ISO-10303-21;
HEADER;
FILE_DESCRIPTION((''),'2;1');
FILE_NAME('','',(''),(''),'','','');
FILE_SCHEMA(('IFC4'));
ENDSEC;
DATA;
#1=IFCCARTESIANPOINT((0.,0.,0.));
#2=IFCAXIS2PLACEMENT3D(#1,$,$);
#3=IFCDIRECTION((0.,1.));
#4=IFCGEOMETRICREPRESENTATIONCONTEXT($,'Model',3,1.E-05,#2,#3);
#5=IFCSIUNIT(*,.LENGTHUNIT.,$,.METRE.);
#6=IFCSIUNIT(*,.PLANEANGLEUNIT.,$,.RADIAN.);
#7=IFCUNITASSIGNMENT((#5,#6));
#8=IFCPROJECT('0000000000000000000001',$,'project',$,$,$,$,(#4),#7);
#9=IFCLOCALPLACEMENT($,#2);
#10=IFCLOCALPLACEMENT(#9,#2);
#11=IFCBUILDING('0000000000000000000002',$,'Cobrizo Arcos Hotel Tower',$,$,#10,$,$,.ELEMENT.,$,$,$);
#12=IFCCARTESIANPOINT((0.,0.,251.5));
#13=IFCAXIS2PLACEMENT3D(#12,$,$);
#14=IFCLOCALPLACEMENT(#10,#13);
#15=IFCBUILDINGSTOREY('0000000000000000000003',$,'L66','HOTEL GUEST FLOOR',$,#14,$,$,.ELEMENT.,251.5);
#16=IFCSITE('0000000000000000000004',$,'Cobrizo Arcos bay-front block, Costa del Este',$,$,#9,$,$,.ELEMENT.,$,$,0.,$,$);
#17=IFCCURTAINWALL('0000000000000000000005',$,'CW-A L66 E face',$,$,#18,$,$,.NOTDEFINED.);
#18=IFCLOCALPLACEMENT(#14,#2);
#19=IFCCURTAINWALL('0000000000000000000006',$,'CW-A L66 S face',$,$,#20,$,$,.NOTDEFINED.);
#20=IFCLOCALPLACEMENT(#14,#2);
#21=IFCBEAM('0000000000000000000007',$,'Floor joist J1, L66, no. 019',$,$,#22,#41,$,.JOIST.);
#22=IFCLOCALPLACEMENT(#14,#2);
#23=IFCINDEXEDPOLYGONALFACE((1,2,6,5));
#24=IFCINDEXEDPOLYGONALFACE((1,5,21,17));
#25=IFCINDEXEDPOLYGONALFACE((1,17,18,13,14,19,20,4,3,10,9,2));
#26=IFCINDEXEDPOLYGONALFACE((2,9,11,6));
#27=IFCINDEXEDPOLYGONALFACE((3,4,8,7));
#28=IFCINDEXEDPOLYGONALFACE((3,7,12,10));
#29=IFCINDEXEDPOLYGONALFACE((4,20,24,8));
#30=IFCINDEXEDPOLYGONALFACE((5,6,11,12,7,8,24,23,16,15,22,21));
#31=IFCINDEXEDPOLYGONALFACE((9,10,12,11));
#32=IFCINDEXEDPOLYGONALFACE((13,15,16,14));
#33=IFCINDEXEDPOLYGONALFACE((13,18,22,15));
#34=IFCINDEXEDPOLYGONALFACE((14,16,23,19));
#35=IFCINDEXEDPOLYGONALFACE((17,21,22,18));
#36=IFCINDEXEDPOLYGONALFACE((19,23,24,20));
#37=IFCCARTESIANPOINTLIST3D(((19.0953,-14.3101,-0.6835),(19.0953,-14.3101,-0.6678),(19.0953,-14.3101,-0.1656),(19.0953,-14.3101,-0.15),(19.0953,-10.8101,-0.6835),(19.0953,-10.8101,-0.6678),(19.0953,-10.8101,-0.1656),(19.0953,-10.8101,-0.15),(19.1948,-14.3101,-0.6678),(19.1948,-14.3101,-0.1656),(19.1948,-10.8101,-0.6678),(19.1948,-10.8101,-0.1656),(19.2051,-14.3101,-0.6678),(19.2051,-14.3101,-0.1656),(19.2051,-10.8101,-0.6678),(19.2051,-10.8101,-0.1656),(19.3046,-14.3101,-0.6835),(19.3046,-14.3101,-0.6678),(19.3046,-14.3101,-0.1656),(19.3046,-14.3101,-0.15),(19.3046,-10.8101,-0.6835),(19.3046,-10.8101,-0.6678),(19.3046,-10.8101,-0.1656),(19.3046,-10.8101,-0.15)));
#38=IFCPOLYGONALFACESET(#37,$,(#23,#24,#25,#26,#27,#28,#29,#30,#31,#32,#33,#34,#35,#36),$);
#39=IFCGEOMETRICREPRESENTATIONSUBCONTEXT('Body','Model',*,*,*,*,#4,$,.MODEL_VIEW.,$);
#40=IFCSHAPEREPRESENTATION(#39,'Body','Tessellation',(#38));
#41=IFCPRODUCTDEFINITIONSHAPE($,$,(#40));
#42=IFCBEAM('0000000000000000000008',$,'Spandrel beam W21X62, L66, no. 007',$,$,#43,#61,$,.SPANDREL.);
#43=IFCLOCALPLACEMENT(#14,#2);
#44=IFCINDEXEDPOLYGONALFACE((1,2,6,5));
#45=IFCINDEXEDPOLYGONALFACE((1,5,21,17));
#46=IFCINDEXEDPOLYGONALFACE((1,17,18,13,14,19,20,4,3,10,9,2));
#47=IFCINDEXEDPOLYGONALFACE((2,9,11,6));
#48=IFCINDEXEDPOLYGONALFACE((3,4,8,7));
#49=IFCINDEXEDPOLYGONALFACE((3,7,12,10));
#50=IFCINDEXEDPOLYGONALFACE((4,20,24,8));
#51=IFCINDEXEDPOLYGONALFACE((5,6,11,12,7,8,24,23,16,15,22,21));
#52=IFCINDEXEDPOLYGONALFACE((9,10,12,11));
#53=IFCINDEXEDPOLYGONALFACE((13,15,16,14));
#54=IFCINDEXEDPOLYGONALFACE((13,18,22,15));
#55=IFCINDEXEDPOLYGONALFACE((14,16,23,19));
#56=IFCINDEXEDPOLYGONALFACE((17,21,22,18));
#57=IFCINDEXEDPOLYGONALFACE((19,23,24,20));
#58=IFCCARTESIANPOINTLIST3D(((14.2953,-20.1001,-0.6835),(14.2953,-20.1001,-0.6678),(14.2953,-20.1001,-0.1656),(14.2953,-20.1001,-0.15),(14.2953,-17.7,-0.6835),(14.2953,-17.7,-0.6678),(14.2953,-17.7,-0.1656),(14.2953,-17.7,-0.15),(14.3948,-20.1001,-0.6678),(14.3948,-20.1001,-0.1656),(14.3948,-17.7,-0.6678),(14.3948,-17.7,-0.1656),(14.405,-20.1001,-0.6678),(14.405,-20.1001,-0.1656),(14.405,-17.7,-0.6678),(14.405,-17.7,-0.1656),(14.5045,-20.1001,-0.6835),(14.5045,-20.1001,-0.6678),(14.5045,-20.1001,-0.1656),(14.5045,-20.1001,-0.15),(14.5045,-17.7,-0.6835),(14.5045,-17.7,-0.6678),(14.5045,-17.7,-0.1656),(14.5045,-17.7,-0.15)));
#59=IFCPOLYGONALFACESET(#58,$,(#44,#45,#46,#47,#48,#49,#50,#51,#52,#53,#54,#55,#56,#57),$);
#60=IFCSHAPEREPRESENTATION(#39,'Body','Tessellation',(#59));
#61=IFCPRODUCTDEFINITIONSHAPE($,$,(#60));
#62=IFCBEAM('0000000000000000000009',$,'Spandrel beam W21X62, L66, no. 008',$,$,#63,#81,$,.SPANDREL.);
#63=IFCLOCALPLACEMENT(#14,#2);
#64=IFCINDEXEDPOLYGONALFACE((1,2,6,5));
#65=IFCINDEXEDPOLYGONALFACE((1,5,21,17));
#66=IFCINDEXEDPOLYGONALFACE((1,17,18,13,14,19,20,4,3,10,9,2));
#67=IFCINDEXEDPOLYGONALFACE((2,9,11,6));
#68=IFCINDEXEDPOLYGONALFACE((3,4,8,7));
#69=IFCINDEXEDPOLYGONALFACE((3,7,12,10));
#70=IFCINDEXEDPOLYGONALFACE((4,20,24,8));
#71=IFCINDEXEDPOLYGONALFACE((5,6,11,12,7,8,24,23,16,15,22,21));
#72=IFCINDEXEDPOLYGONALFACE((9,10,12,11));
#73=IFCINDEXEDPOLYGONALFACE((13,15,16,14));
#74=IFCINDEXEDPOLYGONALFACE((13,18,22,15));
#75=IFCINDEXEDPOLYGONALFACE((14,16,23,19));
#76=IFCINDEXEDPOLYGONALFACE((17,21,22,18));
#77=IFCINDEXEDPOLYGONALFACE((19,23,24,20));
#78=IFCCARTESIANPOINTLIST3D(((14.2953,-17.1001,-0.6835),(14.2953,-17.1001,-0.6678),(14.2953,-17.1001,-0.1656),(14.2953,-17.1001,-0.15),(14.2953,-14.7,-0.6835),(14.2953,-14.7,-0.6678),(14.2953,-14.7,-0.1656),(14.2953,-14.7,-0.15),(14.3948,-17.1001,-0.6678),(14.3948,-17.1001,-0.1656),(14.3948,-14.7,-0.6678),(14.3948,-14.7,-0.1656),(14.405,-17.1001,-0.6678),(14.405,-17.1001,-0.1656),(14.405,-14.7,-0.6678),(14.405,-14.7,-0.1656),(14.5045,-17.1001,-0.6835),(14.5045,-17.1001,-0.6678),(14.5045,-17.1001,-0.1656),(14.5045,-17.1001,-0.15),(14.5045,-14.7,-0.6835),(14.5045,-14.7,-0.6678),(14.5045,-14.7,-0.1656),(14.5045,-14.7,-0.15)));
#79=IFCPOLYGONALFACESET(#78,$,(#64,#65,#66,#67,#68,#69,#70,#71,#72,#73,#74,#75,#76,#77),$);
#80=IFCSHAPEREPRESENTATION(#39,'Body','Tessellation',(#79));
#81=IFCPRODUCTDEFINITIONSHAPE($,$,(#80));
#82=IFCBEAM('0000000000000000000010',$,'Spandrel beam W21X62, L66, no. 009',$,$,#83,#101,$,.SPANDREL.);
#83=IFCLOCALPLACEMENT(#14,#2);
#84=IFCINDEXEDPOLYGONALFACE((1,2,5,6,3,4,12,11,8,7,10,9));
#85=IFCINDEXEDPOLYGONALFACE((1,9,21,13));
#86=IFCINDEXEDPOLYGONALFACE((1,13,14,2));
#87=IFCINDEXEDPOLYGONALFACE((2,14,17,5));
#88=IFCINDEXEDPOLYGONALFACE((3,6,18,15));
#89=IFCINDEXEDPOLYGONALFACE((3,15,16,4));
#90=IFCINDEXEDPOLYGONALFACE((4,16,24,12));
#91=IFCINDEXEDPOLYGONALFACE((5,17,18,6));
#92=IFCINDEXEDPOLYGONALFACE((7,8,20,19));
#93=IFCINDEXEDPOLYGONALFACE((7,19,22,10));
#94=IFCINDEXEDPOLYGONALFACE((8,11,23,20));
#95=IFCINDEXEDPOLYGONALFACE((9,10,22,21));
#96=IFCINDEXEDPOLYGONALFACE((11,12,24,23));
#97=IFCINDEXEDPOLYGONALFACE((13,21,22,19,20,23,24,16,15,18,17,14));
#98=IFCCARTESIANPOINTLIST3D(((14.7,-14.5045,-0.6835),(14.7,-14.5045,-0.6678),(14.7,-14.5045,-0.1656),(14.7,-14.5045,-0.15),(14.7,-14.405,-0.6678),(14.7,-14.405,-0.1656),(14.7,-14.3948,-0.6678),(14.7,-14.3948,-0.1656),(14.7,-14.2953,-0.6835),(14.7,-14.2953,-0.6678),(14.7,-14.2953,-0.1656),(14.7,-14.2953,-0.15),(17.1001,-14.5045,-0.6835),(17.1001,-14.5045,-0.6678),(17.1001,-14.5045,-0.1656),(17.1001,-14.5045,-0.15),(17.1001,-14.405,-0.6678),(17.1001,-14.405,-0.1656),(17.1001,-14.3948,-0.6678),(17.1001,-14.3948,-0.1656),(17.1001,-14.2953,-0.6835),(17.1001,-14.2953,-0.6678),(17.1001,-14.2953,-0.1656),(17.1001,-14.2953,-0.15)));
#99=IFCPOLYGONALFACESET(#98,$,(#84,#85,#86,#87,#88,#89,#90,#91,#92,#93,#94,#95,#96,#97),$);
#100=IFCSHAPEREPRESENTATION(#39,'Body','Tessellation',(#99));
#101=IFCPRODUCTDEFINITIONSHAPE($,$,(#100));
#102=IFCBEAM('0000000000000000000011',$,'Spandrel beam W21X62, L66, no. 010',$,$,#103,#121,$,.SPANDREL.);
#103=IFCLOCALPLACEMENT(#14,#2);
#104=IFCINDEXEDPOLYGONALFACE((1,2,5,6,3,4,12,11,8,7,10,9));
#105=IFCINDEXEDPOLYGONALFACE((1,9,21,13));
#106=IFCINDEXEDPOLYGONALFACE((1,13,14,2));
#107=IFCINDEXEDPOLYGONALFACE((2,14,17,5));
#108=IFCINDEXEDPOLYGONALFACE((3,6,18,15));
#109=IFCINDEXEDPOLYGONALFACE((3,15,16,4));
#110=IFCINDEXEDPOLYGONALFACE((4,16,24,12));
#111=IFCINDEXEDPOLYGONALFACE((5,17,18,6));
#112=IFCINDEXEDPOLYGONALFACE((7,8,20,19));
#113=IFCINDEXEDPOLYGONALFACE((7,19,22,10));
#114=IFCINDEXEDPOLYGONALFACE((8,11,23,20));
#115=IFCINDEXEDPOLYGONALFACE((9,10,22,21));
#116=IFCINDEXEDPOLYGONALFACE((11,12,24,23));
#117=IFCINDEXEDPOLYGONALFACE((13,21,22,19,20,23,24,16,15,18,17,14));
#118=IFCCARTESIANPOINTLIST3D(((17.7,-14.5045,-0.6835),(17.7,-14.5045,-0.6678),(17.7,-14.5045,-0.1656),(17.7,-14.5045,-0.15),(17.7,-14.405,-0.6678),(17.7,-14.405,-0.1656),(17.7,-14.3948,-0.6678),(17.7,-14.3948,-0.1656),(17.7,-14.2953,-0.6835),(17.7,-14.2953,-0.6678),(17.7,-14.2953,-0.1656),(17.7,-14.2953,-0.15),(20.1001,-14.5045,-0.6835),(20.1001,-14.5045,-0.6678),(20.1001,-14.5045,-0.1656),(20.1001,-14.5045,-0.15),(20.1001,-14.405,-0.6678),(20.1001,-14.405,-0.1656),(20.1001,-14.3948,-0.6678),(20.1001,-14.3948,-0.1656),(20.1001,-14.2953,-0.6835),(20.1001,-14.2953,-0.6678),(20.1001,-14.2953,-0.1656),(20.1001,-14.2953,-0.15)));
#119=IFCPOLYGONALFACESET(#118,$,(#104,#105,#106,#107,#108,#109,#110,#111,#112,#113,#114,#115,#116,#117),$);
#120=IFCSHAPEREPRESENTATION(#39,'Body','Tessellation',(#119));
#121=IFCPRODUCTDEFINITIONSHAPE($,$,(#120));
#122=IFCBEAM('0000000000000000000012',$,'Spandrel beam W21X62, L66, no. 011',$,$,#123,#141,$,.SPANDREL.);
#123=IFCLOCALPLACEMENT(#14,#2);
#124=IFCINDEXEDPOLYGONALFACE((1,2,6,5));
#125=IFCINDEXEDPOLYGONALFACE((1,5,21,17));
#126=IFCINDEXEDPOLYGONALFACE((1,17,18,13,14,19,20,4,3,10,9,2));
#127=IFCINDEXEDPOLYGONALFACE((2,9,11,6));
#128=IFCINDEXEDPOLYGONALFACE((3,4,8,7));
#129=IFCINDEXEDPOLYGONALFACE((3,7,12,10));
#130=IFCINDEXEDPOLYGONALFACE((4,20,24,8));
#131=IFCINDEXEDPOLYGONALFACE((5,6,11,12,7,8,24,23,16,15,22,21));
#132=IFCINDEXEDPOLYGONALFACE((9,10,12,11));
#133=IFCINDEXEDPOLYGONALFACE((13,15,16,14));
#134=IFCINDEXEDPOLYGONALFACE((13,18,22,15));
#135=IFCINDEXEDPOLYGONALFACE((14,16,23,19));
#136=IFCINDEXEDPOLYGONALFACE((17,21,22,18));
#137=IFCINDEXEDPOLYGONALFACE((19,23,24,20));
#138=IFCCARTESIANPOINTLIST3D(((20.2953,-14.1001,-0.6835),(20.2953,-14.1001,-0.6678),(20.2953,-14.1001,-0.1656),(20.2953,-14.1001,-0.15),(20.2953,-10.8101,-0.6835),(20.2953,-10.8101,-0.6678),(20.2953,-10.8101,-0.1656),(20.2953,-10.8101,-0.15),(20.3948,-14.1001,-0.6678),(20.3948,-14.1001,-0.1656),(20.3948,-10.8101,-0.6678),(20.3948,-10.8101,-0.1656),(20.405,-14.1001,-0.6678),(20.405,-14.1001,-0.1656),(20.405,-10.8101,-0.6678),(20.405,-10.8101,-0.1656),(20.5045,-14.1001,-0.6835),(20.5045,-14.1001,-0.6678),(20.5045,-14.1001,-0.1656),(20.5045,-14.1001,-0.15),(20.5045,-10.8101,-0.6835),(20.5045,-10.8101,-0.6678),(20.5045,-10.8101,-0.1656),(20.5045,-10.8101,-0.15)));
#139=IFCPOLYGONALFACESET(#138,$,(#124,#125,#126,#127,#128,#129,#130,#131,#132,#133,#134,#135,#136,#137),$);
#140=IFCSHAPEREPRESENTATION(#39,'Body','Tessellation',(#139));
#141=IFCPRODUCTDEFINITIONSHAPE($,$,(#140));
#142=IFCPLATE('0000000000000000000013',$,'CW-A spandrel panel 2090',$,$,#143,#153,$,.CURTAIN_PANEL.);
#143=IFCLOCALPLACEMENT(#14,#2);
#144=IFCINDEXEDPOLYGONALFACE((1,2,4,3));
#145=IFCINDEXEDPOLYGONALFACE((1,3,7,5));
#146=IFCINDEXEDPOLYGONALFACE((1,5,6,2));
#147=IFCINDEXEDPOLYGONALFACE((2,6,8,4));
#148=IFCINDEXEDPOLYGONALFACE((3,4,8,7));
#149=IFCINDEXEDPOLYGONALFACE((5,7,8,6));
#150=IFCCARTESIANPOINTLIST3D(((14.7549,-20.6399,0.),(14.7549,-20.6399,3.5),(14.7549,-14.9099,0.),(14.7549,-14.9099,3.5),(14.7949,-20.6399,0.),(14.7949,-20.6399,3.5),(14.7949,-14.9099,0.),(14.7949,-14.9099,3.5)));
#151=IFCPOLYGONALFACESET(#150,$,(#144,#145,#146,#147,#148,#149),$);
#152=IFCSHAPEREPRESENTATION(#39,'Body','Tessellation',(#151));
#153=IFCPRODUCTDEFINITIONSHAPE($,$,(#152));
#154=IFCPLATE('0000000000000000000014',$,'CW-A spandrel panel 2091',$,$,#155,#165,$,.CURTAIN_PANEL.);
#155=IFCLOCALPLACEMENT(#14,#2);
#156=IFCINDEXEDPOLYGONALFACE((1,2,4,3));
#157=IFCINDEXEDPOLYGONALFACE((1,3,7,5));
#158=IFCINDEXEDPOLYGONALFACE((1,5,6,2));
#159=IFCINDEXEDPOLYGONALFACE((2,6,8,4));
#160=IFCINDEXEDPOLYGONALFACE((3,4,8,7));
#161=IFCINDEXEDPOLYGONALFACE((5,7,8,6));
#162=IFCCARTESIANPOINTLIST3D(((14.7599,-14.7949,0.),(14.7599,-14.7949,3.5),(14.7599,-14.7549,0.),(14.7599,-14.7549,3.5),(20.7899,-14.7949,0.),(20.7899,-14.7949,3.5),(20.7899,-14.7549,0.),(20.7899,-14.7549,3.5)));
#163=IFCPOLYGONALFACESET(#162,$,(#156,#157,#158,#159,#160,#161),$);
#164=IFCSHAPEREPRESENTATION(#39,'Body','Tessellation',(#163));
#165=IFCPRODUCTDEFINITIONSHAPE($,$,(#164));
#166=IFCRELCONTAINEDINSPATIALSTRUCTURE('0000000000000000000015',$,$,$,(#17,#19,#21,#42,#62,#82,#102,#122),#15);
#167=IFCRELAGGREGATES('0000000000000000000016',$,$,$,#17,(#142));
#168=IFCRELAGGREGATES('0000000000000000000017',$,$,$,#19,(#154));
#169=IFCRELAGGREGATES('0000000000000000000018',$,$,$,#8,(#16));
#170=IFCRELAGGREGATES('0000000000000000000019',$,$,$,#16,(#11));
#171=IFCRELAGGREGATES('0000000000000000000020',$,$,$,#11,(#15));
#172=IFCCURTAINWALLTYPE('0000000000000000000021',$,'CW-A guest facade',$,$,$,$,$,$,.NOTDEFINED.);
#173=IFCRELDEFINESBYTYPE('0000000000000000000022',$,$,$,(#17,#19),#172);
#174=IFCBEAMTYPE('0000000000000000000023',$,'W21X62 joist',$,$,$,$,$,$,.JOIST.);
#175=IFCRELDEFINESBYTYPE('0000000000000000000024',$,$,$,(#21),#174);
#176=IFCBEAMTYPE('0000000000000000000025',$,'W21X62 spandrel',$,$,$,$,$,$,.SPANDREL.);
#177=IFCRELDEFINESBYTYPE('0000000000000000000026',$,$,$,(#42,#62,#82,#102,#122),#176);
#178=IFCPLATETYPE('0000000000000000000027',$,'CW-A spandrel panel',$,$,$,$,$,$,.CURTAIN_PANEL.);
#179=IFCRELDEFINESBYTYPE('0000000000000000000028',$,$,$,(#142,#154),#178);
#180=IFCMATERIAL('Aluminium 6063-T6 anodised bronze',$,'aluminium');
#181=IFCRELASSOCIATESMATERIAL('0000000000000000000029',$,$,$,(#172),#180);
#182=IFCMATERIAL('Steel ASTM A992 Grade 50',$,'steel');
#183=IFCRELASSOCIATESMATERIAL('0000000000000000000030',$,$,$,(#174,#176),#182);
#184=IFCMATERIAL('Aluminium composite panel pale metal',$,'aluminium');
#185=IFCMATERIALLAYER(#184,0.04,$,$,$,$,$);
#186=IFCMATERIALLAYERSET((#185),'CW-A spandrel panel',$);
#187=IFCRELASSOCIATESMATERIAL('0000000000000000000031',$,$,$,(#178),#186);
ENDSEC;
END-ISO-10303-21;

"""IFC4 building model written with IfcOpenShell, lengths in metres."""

from ifc_helpers import new_model, si_unit, direction, frame, origin, origin_2d, place, context, subcontext, project, spatial, rectangle, i_section, extrude, material, layer, layer_set, material_profile, profile_set, type_object, element, aggregate, save


model = new_model("IFC4")

# Units and contexts
model_context = context("Model", 3, precision=1e-05, world=origin(), true_north=direction((0.0, 1.0)))
body_context = subcontext(model_context, "Body", "Model", "MODEL_VIEW")
ifc_project = project(units=[si_unit("LENGTHUNIT", "METRE"), si_unit("PLANEANGLEUNIT", "RADIAN")], contexts=[model_context])

# Site, building, storey
site_placement = place(None, origin())
site = spatial("IfcSite", under=ifc_project, at=site_placement, Name="Cobrizo Arcos bay-front block, Costa del Este", CompositionType="ELEMENT", RefElevation=0.0)
building_placement = place(site_placement, origin())
building = spatial("IfcBuilding", under=site, at=building_placement, Name="Cobrizo Arcos Hotel Tower", CompositionType="ELEMENT")
storey_placement = place(building_placement, frame((0.0, 0.0, 251.5)))
storey = spatial("IfcBuildingStorey", under=building, at=storey_placement, Name="L66", Description="HOTEL GUEST FLOOR", CompositionType="ELEMENT", Elevation=251.5)

# Shared definitions
ifc_material_1 = material(Name="Aluminium 6063-T6 anodised bronze", Category="aluminium")
curtain_wall_type = type_object("IfcCurtainWallType", Name="CW-A guest facade", PredefinedType="NOTDEFINED", material=ifc_material_1)

# Curtain walls
curtain_wall_1_placement = place(storey_placement, origin())
curtain_wall_1 = element("IfcCurtainWall", 1, at=curtain_wall_1_placement, inside=storey, type_object=curtain_wall_type, Name="CW-A L66 E face", PredefinedType="NOTDEFINED")
curtain_wall_2_placement = place(storey_placement, origin())
curtain_wall_2 = element("IfcCurtainWall", 2, at=curtain_wall_2_placement, inside=storey, type_object=curtain_wall_type, Name="CW-A L66 S face", PredefinedType="NOTDEFINED")

# Beams
ifc_material_2 = material(Name="Steel ASTM A992 Grade 50", Category="steel")
ifc_material_profile_1 = material_profile(ifc_material_2, i_section(OverallWidth=0.2092, OverallDepth=0.5334, WebThickness=0.0103, FlangeThickness=0.0156, at=origin_2d()), Name="W21X62")
ifc_profile_set_1 = profile_set([ifc_material_profile_1], Name="Steel ASTM A992 Grade 50")
beam_type_1 = type_object("IfcBeamType", Name="W21X62 joist", PredefinedType="JOIST", material=ifc_profile_set_1)
beam_1_placement = place(storey_placement, frame((19.2, -14.3101, -0.4167), z_axis=(0.0, 1.0, 0.0), x_axis=(-1.0, 0.0, 0.0)))
element("IfcBeam", 3, at=beam_1_placement, inside=storey, type_object=beam_type_1, Name="Floor joist J1, L66, no. 019", PredefinedType="JOIST", context=body_context, shape_type="SweptSolid", body=[
    extrude(i_section(OverallWidth=0.2092, OverallDepth=0.5334, WebThickness=0.0103, FlangeThickness=0.0156, at=origin_2d()), origin(), (0.0, 0.0, 1.0), 3.5),
])
ifc_material_profile_2 = material_profile(ifc_material_2, i_section(OverallWidth=0.2092, OverallDepth=0.5334, WebThickness=0.0103, FlangeThickness=0.0156, at=origin_2d()), Name="W21X62")
ifc_profile_set_2 = profile_set([ifc_material_profile_2], Name="Steel ASTM A992 Grade 50")
beam_type_2 = type_object("IfcBeamType", Name="W21X62 spandrel", PredefinedType="SPANDREL", material=ifc_profile_set_2)
for number, where, z_axis, x_axis, name in (
    (4, (14.3999, -20.1001, -0.4167), (0.0, 1.0, 0.0), (-1.0, 0.0, 0.0), "Spandrel beam W21X62, L66, no. 007"),
    (5, (14.3999, -17.1001, -0.4167), (0.0, 1.0, 0.0), (-1.0, 0.0, 0.0), "Spandrel beam W21X62, L66, no. 008"),
    (6, (14.7, -14.3999, -0.4167), (1.0, 0.0, 0.0), (0.0, 1.0, 0.0), "Spandrel beam W21X62, L66, no. 009"),
    (7, (17.7, -14.3999, -0.4167), (1.0, 0.0, 0.0), (0.0, 1.0, 0.0), "Spandrel beam W21X62, L66, no. 010"),
):
    element("IfcBeam", number, at=place(storey_placement, frame(where, z_axis=z_axis, x_axis=x_axis)), inside=storey, type_object=beam_type_2, Name=name, PredefinedType="SPANDREL", context=body_context, shape_type="SweptSolid", body=[
        extrude(i_section(OverallWidth=0.2092, OverallDepth=0.5334, WebThickness=0.0103, FlangeThickness=0.0156, at=origin_2d()), origin(), (0.0, 0.0, 1.0), 2.4001),
    ])
beam_2_placement = place(storey_placement, frame((20.3999, -14.1001, -0.4167), z_axis=(0.0, 1.0, 0.0), x_axis=(-1.0, 0.0, 0.0)))
element("IfcBeam", 8, at=beam_2_placement, inside=storey, type_object=beam_type_2, Name="Spandrel beam W21X62, L66, no. 011", PredefinedType="SPANDREL", context=body_context, shape_type="SweptSolid", body=[
    extrude(i_section(OverallWidth=0.2092, OverallDepth=0.5334, WebThickness=0.0103, FlangeThickness=0.0156, at=origin_2d()), origin(), (0.0, 0.0, 1.0), 3.29),
])

# Plates
ifc_material_3 = material(Name="Aluminium composite panel pale metal", Category="aluminium")
ifc_layer = layer(ifc_material_3, 0.04)
ifc_layer_set = layer_set([ifc_layer], Name="CW-A spandrel panel")
plate_type = type_object("IfcPlateType", Name="CW-A spandrel panel", PredefinedType="CURTAIN_PANEL", material=ifc_layer_set)
plate_1_placement = place(storey_placement, frame((14.7749, -17.7749, 0.0), z_axis=(0.0, 0.0, 1.0), x_axis=(0.0, 1.0, 0.0)))
plate_1 = element("IfcPlate", 9, at=plate_1_placement, type_object=plate_type, Name="CW-A spandrel panel 2090", PredefinedType="CURTAIN_PANEL", context=body_context, shape_type="SweptSolid", body=[
    extrude(rectangle(XDim=5.73, YDim=0.04, at=origin_2d()), origin(), (0.0, 0.0, 1.0), 3.5),
])
aggregate(curtain_wall_1, [plate_1])
plate_2_placement = place(storey_placement, frame((17.7749, -14.7749, 0.0), z_axis=(0.0, 0.0, 1.0), x_axis=(1.0, 0.0, 0.0)))
plate_2 = element("IfcPlate", 10, at=plate_2_placement, type_object=plate_type, Name="CW-A spandrel panel 2091", PredefinedType="CURTAIN_PANEL", context=body_context, shape_type="SweptSolid", body=[
    extrude(rectangle(XDim=6.03, YDim=0.04, at=origin_2d()), origin(), (0.0, 0.0, 1.0), 3.5),
])
aggregate(curtain_wall_2, [plate_2])

save(model, "model.ifc")
